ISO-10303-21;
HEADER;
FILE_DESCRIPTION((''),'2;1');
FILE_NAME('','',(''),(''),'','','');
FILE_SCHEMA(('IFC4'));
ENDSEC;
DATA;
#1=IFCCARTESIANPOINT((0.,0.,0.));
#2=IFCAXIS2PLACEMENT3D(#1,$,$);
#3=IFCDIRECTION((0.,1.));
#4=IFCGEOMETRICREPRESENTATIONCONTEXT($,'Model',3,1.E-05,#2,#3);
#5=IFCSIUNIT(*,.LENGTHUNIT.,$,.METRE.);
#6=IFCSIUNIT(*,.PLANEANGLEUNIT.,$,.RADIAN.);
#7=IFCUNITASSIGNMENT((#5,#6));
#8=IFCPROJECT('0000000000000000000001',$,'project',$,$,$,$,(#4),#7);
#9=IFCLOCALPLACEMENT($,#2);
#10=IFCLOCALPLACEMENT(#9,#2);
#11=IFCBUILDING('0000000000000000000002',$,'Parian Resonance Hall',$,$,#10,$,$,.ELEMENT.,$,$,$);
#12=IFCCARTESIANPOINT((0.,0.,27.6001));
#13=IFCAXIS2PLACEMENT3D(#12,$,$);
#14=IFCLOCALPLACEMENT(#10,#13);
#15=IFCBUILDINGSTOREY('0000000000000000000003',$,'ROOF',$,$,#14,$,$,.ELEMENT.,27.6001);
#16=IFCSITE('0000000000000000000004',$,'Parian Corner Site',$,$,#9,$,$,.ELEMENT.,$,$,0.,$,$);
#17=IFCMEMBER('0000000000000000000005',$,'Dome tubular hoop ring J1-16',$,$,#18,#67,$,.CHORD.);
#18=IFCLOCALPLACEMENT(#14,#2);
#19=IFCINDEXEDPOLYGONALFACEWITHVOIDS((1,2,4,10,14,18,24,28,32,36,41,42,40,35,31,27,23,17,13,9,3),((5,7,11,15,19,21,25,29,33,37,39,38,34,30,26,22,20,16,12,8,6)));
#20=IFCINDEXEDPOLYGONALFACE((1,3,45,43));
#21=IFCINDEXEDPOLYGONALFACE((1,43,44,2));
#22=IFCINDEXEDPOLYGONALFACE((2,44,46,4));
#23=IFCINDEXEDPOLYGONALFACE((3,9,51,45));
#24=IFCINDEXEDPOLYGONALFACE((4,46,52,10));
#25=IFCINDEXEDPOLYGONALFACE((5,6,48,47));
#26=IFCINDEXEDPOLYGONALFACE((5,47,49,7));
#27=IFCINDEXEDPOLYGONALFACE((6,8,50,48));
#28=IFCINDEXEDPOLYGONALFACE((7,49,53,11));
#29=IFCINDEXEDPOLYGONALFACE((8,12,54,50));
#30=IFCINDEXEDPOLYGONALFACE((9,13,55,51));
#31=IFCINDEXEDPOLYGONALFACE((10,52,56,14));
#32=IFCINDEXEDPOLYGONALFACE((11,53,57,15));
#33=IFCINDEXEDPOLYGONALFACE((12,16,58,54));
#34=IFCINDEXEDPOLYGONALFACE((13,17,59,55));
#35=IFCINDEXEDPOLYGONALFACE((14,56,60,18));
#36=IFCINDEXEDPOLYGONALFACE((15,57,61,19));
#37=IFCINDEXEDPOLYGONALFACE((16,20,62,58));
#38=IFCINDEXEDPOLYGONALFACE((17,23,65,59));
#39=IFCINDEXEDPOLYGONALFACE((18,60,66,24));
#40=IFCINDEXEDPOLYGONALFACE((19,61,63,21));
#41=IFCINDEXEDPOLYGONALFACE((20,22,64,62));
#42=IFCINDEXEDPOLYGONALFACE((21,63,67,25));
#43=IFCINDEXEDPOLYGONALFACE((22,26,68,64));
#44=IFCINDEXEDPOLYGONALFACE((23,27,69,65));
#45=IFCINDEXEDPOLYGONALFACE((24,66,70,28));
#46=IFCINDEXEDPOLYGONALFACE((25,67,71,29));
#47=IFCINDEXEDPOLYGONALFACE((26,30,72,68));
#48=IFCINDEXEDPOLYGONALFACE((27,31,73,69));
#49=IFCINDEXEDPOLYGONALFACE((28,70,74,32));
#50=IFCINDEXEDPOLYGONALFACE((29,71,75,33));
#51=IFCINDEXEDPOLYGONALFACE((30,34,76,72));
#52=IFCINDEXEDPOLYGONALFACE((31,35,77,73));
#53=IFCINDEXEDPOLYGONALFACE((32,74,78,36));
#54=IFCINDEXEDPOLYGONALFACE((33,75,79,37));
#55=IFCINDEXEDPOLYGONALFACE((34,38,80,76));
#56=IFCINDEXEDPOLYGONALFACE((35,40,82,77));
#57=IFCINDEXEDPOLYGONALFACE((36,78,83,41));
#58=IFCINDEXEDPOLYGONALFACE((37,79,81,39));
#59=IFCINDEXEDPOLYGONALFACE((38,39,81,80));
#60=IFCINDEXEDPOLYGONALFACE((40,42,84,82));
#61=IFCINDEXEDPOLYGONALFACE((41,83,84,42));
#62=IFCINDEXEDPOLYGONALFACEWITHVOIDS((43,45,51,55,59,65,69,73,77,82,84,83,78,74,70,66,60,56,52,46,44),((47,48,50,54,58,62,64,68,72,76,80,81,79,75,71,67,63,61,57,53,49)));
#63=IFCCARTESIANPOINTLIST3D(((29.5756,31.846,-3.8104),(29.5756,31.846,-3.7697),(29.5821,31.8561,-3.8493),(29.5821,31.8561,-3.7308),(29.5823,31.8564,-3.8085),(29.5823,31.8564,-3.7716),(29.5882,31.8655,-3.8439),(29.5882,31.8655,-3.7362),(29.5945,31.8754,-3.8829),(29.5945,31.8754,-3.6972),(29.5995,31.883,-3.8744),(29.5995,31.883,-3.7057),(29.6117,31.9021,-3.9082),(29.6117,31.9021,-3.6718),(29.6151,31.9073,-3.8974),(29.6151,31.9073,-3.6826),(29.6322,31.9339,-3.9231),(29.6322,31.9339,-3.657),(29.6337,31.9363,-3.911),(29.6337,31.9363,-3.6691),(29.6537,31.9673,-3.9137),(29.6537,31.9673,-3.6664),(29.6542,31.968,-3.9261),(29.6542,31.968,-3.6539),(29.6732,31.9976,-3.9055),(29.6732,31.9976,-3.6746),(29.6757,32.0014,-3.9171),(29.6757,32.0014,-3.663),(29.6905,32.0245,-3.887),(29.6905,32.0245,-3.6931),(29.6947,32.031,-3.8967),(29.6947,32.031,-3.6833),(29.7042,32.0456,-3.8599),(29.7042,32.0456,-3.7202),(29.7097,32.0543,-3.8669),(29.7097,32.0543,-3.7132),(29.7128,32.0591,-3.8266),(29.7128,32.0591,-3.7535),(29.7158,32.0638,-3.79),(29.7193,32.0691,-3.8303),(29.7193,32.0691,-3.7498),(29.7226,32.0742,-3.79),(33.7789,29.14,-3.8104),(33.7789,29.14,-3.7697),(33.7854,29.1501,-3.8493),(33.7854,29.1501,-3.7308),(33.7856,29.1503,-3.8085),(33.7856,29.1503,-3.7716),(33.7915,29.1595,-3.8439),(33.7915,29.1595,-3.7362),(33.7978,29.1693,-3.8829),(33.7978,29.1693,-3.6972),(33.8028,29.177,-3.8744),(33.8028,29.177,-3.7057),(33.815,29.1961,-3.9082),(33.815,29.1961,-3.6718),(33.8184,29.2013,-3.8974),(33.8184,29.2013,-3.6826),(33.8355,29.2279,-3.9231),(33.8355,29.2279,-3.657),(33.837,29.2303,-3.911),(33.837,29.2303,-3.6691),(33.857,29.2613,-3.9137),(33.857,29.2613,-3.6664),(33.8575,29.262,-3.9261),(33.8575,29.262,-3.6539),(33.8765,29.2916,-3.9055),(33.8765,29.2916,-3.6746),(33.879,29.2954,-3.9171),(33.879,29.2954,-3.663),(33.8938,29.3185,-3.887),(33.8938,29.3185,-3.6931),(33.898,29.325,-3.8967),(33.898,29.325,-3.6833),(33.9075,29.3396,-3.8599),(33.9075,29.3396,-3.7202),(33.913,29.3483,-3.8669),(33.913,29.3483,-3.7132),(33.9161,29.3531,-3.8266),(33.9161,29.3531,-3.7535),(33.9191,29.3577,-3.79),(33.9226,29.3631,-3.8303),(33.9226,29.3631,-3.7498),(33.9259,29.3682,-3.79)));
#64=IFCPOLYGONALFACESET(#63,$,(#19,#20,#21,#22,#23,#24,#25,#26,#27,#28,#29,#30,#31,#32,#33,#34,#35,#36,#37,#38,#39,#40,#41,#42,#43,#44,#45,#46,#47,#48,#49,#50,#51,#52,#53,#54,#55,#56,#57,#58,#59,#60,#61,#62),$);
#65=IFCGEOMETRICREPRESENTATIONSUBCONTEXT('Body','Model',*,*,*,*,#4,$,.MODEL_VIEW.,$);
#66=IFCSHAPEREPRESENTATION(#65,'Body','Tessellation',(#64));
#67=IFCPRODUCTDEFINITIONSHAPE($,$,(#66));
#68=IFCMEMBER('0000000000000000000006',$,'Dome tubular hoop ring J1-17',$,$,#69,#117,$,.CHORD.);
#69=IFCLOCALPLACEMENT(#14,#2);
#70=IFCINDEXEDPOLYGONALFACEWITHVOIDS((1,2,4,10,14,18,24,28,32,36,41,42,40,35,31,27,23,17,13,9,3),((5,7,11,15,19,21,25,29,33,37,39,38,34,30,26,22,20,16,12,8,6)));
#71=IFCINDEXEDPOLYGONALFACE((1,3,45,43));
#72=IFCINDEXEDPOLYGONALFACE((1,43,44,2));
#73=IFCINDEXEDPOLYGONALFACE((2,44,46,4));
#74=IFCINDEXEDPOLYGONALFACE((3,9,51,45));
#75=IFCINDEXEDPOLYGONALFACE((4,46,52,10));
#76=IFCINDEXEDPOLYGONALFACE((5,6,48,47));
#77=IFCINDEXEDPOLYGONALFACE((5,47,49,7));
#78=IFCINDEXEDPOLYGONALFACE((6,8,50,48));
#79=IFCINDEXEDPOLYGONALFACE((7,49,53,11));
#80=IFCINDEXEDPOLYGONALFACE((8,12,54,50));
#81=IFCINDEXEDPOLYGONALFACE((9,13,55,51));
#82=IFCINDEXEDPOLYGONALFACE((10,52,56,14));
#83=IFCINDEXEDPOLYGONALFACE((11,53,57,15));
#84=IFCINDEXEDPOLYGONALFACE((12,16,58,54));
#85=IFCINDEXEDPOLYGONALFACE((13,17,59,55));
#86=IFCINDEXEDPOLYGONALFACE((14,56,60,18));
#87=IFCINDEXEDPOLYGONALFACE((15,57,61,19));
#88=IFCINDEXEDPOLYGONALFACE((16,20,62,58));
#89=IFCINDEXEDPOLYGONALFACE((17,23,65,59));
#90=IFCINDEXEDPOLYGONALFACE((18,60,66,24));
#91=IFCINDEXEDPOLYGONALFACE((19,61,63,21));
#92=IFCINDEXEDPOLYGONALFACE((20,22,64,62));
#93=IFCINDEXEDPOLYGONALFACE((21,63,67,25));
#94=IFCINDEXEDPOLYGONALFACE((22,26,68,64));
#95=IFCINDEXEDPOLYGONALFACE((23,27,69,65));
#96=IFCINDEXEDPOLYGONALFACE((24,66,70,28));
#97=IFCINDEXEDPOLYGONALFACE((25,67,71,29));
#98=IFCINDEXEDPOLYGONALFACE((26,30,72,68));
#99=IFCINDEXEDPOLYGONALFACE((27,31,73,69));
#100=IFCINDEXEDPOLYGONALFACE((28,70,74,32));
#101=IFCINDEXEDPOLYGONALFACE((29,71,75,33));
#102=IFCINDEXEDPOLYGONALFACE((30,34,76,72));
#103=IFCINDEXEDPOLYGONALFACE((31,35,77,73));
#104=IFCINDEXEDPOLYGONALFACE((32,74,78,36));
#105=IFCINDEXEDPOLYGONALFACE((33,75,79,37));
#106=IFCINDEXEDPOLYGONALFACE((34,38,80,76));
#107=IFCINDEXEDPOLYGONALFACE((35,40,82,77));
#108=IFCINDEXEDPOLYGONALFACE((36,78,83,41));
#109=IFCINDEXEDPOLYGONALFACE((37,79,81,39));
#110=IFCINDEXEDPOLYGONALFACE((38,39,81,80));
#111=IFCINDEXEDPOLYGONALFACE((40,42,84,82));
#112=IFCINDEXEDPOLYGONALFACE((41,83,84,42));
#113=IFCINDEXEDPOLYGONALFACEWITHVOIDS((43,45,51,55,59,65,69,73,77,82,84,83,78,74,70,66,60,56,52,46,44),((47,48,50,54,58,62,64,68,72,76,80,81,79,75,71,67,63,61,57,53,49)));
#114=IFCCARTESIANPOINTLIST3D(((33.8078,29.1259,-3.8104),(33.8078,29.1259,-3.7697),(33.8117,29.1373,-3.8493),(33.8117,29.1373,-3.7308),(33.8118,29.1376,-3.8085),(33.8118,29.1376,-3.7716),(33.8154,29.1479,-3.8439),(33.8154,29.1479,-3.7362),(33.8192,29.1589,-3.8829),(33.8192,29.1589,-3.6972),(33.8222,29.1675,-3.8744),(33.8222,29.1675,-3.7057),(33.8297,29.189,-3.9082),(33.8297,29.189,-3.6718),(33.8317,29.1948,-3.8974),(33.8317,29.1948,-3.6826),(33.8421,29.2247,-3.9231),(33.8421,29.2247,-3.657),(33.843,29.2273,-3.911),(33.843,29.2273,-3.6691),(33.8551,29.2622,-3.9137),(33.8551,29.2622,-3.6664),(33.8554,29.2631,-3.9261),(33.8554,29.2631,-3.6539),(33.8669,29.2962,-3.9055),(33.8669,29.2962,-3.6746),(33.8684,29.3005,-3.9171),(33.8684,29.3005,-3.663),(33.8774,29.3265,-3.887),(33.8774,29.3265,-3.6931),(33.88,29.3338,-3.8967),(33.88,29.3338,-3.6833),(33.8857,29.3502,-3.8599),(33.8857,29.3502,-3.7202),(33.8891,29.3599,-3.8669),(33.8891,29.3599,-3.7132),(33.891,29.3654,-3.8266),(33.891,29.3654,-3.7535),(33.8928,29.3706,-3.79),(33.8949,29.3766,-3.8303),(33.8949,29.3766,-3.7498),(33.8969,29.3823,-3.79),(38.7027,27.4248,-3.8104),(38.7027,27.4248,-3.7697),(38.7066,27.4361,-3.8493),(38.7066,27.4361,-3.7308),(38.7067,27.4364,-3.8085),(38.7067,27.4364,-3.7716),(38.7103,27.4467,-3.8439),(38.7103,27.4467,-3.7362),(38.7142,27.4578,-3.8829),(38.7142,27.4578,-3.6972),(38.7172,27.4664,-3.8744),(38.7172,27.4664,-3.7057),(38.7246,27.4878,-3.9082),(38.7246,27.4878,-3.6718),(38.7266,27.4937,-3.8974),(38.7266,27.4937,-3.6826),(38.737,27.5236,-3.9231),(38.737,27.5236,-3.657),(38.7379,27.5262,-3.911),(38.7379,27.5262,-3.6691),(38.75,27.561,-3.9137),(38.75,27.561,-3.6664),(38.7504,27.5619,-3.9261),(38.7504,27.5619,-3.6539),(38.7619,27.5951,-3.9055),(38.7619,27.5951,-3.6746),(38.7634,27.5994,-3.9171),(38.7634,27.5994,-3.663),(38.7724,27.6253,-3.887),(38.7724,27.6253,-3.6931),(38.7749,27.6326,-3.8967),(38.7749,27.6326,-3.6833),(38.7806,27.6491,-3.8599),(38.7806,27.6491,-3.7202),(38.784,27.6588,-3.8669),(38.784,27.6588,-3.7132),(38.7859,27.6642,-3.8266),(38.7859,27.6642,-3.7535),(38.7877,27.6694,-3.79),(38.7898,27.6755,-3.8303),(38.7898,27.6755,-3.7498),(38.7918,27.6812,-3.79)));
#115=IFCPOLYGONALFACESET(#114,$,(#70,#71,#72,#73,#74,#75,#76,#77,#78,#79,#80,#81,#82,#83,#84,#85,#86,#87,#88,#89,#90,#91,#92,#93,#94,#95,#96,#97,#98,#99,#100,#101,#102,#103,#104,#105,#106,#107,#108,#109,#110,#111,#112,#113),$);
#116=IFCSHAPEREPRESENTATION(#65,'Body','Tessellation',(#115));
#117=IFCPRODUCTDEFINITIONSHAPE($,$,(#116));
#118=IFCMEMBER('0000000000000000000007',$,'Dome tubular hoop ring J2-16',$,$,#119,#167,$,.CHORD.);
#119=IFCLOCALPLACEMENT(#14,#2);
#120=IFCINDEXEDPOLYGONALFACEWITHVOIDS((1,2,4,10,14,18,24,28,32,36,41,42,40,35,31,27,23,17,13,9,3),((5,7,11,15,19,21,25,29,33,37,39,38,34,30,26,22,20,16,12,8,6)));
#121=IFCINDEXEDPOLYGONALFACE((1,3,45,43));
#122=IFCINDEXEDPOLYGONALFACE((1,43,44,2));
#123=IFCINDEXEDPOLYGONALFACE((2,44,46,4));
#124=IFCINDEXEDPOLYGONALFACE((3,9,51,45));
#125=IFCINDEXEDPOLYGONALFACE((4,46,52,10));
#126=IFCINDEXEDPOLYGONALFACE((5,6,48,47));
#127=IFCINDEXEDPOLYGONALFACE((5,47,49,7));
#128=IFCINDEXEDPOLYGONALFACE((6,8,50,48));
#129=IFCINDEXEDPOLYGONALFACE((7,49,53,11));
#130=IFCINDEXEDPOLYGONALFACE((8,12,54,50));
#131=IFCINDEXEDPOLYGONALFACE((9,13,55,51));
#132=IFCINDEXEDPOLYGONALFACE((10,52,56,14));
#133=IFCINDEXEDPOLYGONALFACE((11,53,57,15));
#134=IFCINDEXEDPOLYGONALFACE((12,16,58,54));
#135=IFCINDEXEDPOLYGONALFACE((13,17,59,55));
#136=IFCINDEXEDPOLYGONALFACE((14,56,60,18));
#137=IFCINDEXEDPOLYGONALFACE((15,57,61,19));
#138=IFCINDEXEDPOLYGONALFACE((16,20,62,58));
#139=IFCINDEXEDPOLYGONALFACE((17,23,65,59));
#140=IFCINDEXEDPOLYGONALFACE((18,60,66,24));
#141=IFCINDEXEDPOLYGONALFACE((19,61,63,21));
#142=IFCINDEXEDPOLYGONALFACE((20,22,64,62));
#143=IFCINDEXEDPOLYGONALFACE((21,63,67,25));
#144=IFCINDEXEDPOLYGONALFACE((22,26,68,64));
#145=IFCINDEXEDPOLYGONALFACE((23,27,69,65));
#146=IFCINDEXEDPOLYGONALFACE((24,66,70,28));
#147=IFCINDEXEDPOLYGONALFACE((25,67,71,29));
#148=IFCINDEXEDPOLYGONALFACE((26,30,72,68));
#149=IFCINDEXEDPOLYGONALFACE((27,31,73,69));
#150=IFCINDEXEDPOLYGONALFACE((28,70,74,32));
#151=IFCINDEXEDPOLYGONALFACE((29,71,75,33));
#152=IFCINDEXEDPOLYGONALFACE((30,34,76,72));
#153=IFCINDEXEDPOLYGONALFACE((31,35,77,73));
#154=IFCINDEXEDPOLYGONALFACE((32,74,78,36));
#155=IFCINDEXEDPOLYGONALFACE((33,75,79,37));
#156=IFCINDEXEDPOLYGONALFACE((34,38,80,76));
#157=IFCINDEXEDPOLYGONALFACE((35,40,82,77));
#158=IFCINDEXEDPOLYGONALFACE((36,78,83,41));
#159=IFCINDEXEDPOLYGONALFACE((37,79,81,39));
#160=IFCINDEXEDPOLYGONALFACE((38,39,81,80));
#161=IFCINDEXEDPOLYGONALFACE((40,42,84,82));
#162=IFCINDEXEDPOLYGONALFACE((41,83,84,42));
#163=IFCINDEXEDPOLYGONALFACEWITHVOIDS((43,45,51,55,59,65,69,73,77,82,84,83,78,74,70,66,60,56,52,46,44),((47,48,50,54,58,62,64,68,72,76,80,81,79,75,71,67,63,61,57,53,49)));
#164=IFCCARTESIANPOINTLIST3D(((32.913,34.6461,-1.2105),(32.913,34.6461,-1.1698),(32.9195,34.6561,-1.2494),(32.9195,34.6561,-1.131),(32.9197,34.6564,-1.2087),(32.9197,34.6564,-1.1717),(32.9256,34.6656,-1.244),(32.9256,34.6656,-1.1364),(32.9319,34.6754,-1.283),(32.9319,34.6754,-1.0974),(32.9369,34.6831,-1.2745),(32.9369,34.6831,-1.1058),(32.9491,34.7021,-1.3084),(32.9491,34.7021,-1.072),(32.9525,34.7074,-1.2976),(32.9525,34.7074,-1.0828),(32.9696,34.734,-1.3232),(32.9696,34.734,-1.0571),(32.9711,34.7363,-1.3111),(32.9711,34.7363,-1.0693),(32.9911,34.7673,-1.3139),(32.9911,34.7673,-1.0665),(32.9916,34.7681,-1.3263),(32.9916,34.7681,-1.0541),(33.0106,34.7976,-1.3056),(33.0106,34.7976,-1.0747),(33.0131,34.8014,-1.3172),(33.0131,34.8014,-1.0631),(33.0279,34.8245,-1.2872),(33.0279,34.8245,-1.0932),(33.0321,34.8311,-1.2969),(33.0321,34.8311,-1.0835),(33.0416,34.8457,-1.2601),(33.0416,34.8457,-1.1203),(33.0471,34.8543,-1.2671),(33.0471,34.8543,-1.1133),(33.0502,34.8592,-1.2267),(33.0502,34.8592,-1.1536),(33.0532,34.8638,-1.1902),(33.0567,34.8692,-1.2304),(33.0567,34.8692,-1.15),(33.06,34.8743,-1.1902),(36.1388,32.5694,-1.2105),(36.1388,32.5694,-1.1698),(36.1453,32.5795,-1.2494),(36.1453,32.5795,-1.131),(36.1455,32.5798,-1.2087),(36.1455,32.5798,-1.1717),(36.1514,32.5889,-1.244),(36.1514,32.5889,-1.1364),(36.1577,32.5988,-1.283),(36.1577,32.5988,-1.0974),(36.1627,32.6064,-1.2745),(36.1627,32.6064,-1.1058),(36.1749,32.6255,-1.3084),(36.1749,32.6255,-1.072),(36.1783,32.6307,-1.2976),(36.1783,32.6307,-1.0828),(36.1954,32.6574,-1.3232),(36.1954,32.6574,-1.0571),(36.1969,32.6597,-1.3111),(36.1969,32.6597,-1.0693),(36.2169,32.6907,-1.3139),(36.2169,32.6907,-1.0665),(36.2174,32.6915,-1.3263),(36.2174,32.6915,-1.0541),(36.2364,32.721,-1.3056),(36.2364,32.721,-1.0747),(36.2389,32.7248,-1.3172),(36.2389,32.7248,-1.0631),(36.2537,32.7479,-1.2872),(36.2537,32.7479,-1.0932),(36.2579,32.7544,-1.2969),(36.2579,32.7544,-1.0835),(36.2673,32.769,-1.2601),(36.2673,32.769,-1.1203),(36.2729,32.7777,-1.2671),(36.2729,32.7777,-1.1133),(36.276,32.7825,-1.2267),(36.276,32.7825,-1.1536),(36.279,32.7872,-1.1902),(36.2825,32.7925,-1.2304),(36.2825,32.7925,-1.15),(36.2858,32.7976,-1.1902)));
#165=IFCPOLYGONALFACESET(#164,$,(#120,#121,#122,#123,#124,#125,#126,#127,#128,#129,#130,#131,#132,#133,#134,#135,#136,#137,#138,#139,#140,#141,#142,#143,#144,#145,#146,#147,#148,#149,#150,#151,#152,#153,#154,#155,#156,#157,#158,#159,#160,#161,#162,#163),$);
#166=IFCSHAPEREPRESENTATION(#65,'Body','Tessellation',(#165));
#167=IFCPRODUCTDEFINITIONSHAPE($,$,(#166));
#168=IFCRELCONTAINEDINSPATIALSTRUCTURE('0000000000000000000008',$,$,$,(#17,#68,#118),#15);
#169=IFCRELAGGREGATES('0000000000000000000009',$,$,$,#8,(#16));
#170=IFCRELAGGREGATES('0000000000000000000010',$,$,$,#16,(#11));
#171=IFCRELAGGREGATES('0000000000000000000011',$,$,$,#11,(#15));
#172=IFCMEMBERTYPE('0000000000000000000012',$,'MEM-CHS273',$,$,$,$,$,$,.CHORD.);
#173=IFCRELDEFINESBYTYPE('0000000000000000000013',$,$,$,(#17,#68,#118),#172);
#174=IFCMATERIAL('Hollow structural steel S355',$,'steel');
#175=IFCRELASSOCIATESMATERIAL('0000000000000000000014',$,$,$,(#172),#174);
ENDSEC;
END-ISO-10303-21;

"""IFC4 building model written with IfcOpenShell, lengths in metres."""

from ifc_helpers import new_model, si_unit, direction, frame, origin, origin_2d, place, context, subcontext, project, spatial, hollow_circle, extrude, material, material_profile, profile_set, type_object, element, save


model = new_model("IFC4")

# Units and contexts
model_context = context("Model", 3, precision=1e-05, world=origin(), true_north=direction((0.0, 1.0)))
body_context = subcontext(model_context, "Body", "Model", "MODEL_VIEW")
ifc_project = project(units=[si_unit("LENGTHUNIT", "METRE"), si_unit("PLANEANGLEUNIT", "RADIAN")], contexts=[model_context])

# Site, building, storey
site_placement = place(None, origin())
site = spatial("IfcSite", under=ifc_project, at=site_placement, Name="Parian Corner Site", CompositionType="ELEMENT", RefElevation=0.0)
building_placement = place(site_placement, origin())
building = spatial("IfcBuilding", under=site, at=building_placement, Name="Parian Resonance Hall", CompositionType="ELEMENT")
storey_placement = place(building_placement, frame((0.0, 0.0, 27.6001)))
storey = spatial("IfcBuildingStorey", under=building, at=storey_placement, Name="ROOF", CompositionType="ELEMENT", Elevation=27.6001)

# Members
ifc_material_1 = material(Name="Hollow structural steel S355", Category="steel")
ifc_material_profile_1 = material_profile(ifc_material_1, hollow_circle(Radius=0.1365, WallThickness=0.0125, at=origin_2d()), Name="CHS273x12.5")
ifc_profile_set_1 = profile_set([ifc_material_profile_1], Name="Hollow structural steel S355")
member_type_1 = type_object("IfcMemberType", Name="MEM-CHS273", PredefinedType="CHORD", material=ifc_profile_set_1)
member_1_placement = place(storey_placement, frame((29.6487, 31.9595, -3.79), z_axis=(0.840824, -0.541308, 0.0), x_axis=(0.541308, 0.840824, 0.0)))
element("IfcMember", 1, at=member_1_placement, inside=storey, type_object=member_type_1, Name="Dome tubular hoop ring J1-16", PredefinedType="CHORD", context=body_context, shape_type="SweptSolid", body=[
    extrude(hollow_circle(Radius=0.1365, WallThickness=0.0125, at=origin_2d()), origin(), (0.0, 0.0, 1.0), 4.999),
])
member_2_placement = place(storey_placement, frame((33.8521, 29.2534, -3.79), z_axis=(0.944583, -0.328272, 0.0), x_axis=(0.328272, 0.944583, 0.0)))
element("IfcMember", 2, at=member_2_placement, inside=storey, type_object=member_type_1, Name="Dome tubular hoop ring J1-17", PredefinedType="CHORD", context=body_context, shape_type="SweptSolid", body=[
    extrude(hollow_circle(Radius=0.1365, WallThickness=0.0125, at=origin_2d()), origin(), (0.0, 0.0, 1.0), 5.1821),
])
member_3_placement = place(storey_placement, frame((32.9861, 34.7595, -1.1902), z_axis=(0.840833, -0.541295, 0.0), x_axis=(0.541295, 0.840833, 0.0)))
element("IfcMember", 3, at=member_3_placement, inside=storey, type_object=member_type_1, Name="Dome tubular hoop ring J2-16", PredefinedType="CHORD", context=body_context, shape_type="SweptSolid", body=[
    extrude(hollow_circle(Radius=0.1365, WallThickness=0.0125, at=origin_2d()), origin(), (0.0, 0.0, 1.0), 3.8364),
])

save(model, "model.ifc")
